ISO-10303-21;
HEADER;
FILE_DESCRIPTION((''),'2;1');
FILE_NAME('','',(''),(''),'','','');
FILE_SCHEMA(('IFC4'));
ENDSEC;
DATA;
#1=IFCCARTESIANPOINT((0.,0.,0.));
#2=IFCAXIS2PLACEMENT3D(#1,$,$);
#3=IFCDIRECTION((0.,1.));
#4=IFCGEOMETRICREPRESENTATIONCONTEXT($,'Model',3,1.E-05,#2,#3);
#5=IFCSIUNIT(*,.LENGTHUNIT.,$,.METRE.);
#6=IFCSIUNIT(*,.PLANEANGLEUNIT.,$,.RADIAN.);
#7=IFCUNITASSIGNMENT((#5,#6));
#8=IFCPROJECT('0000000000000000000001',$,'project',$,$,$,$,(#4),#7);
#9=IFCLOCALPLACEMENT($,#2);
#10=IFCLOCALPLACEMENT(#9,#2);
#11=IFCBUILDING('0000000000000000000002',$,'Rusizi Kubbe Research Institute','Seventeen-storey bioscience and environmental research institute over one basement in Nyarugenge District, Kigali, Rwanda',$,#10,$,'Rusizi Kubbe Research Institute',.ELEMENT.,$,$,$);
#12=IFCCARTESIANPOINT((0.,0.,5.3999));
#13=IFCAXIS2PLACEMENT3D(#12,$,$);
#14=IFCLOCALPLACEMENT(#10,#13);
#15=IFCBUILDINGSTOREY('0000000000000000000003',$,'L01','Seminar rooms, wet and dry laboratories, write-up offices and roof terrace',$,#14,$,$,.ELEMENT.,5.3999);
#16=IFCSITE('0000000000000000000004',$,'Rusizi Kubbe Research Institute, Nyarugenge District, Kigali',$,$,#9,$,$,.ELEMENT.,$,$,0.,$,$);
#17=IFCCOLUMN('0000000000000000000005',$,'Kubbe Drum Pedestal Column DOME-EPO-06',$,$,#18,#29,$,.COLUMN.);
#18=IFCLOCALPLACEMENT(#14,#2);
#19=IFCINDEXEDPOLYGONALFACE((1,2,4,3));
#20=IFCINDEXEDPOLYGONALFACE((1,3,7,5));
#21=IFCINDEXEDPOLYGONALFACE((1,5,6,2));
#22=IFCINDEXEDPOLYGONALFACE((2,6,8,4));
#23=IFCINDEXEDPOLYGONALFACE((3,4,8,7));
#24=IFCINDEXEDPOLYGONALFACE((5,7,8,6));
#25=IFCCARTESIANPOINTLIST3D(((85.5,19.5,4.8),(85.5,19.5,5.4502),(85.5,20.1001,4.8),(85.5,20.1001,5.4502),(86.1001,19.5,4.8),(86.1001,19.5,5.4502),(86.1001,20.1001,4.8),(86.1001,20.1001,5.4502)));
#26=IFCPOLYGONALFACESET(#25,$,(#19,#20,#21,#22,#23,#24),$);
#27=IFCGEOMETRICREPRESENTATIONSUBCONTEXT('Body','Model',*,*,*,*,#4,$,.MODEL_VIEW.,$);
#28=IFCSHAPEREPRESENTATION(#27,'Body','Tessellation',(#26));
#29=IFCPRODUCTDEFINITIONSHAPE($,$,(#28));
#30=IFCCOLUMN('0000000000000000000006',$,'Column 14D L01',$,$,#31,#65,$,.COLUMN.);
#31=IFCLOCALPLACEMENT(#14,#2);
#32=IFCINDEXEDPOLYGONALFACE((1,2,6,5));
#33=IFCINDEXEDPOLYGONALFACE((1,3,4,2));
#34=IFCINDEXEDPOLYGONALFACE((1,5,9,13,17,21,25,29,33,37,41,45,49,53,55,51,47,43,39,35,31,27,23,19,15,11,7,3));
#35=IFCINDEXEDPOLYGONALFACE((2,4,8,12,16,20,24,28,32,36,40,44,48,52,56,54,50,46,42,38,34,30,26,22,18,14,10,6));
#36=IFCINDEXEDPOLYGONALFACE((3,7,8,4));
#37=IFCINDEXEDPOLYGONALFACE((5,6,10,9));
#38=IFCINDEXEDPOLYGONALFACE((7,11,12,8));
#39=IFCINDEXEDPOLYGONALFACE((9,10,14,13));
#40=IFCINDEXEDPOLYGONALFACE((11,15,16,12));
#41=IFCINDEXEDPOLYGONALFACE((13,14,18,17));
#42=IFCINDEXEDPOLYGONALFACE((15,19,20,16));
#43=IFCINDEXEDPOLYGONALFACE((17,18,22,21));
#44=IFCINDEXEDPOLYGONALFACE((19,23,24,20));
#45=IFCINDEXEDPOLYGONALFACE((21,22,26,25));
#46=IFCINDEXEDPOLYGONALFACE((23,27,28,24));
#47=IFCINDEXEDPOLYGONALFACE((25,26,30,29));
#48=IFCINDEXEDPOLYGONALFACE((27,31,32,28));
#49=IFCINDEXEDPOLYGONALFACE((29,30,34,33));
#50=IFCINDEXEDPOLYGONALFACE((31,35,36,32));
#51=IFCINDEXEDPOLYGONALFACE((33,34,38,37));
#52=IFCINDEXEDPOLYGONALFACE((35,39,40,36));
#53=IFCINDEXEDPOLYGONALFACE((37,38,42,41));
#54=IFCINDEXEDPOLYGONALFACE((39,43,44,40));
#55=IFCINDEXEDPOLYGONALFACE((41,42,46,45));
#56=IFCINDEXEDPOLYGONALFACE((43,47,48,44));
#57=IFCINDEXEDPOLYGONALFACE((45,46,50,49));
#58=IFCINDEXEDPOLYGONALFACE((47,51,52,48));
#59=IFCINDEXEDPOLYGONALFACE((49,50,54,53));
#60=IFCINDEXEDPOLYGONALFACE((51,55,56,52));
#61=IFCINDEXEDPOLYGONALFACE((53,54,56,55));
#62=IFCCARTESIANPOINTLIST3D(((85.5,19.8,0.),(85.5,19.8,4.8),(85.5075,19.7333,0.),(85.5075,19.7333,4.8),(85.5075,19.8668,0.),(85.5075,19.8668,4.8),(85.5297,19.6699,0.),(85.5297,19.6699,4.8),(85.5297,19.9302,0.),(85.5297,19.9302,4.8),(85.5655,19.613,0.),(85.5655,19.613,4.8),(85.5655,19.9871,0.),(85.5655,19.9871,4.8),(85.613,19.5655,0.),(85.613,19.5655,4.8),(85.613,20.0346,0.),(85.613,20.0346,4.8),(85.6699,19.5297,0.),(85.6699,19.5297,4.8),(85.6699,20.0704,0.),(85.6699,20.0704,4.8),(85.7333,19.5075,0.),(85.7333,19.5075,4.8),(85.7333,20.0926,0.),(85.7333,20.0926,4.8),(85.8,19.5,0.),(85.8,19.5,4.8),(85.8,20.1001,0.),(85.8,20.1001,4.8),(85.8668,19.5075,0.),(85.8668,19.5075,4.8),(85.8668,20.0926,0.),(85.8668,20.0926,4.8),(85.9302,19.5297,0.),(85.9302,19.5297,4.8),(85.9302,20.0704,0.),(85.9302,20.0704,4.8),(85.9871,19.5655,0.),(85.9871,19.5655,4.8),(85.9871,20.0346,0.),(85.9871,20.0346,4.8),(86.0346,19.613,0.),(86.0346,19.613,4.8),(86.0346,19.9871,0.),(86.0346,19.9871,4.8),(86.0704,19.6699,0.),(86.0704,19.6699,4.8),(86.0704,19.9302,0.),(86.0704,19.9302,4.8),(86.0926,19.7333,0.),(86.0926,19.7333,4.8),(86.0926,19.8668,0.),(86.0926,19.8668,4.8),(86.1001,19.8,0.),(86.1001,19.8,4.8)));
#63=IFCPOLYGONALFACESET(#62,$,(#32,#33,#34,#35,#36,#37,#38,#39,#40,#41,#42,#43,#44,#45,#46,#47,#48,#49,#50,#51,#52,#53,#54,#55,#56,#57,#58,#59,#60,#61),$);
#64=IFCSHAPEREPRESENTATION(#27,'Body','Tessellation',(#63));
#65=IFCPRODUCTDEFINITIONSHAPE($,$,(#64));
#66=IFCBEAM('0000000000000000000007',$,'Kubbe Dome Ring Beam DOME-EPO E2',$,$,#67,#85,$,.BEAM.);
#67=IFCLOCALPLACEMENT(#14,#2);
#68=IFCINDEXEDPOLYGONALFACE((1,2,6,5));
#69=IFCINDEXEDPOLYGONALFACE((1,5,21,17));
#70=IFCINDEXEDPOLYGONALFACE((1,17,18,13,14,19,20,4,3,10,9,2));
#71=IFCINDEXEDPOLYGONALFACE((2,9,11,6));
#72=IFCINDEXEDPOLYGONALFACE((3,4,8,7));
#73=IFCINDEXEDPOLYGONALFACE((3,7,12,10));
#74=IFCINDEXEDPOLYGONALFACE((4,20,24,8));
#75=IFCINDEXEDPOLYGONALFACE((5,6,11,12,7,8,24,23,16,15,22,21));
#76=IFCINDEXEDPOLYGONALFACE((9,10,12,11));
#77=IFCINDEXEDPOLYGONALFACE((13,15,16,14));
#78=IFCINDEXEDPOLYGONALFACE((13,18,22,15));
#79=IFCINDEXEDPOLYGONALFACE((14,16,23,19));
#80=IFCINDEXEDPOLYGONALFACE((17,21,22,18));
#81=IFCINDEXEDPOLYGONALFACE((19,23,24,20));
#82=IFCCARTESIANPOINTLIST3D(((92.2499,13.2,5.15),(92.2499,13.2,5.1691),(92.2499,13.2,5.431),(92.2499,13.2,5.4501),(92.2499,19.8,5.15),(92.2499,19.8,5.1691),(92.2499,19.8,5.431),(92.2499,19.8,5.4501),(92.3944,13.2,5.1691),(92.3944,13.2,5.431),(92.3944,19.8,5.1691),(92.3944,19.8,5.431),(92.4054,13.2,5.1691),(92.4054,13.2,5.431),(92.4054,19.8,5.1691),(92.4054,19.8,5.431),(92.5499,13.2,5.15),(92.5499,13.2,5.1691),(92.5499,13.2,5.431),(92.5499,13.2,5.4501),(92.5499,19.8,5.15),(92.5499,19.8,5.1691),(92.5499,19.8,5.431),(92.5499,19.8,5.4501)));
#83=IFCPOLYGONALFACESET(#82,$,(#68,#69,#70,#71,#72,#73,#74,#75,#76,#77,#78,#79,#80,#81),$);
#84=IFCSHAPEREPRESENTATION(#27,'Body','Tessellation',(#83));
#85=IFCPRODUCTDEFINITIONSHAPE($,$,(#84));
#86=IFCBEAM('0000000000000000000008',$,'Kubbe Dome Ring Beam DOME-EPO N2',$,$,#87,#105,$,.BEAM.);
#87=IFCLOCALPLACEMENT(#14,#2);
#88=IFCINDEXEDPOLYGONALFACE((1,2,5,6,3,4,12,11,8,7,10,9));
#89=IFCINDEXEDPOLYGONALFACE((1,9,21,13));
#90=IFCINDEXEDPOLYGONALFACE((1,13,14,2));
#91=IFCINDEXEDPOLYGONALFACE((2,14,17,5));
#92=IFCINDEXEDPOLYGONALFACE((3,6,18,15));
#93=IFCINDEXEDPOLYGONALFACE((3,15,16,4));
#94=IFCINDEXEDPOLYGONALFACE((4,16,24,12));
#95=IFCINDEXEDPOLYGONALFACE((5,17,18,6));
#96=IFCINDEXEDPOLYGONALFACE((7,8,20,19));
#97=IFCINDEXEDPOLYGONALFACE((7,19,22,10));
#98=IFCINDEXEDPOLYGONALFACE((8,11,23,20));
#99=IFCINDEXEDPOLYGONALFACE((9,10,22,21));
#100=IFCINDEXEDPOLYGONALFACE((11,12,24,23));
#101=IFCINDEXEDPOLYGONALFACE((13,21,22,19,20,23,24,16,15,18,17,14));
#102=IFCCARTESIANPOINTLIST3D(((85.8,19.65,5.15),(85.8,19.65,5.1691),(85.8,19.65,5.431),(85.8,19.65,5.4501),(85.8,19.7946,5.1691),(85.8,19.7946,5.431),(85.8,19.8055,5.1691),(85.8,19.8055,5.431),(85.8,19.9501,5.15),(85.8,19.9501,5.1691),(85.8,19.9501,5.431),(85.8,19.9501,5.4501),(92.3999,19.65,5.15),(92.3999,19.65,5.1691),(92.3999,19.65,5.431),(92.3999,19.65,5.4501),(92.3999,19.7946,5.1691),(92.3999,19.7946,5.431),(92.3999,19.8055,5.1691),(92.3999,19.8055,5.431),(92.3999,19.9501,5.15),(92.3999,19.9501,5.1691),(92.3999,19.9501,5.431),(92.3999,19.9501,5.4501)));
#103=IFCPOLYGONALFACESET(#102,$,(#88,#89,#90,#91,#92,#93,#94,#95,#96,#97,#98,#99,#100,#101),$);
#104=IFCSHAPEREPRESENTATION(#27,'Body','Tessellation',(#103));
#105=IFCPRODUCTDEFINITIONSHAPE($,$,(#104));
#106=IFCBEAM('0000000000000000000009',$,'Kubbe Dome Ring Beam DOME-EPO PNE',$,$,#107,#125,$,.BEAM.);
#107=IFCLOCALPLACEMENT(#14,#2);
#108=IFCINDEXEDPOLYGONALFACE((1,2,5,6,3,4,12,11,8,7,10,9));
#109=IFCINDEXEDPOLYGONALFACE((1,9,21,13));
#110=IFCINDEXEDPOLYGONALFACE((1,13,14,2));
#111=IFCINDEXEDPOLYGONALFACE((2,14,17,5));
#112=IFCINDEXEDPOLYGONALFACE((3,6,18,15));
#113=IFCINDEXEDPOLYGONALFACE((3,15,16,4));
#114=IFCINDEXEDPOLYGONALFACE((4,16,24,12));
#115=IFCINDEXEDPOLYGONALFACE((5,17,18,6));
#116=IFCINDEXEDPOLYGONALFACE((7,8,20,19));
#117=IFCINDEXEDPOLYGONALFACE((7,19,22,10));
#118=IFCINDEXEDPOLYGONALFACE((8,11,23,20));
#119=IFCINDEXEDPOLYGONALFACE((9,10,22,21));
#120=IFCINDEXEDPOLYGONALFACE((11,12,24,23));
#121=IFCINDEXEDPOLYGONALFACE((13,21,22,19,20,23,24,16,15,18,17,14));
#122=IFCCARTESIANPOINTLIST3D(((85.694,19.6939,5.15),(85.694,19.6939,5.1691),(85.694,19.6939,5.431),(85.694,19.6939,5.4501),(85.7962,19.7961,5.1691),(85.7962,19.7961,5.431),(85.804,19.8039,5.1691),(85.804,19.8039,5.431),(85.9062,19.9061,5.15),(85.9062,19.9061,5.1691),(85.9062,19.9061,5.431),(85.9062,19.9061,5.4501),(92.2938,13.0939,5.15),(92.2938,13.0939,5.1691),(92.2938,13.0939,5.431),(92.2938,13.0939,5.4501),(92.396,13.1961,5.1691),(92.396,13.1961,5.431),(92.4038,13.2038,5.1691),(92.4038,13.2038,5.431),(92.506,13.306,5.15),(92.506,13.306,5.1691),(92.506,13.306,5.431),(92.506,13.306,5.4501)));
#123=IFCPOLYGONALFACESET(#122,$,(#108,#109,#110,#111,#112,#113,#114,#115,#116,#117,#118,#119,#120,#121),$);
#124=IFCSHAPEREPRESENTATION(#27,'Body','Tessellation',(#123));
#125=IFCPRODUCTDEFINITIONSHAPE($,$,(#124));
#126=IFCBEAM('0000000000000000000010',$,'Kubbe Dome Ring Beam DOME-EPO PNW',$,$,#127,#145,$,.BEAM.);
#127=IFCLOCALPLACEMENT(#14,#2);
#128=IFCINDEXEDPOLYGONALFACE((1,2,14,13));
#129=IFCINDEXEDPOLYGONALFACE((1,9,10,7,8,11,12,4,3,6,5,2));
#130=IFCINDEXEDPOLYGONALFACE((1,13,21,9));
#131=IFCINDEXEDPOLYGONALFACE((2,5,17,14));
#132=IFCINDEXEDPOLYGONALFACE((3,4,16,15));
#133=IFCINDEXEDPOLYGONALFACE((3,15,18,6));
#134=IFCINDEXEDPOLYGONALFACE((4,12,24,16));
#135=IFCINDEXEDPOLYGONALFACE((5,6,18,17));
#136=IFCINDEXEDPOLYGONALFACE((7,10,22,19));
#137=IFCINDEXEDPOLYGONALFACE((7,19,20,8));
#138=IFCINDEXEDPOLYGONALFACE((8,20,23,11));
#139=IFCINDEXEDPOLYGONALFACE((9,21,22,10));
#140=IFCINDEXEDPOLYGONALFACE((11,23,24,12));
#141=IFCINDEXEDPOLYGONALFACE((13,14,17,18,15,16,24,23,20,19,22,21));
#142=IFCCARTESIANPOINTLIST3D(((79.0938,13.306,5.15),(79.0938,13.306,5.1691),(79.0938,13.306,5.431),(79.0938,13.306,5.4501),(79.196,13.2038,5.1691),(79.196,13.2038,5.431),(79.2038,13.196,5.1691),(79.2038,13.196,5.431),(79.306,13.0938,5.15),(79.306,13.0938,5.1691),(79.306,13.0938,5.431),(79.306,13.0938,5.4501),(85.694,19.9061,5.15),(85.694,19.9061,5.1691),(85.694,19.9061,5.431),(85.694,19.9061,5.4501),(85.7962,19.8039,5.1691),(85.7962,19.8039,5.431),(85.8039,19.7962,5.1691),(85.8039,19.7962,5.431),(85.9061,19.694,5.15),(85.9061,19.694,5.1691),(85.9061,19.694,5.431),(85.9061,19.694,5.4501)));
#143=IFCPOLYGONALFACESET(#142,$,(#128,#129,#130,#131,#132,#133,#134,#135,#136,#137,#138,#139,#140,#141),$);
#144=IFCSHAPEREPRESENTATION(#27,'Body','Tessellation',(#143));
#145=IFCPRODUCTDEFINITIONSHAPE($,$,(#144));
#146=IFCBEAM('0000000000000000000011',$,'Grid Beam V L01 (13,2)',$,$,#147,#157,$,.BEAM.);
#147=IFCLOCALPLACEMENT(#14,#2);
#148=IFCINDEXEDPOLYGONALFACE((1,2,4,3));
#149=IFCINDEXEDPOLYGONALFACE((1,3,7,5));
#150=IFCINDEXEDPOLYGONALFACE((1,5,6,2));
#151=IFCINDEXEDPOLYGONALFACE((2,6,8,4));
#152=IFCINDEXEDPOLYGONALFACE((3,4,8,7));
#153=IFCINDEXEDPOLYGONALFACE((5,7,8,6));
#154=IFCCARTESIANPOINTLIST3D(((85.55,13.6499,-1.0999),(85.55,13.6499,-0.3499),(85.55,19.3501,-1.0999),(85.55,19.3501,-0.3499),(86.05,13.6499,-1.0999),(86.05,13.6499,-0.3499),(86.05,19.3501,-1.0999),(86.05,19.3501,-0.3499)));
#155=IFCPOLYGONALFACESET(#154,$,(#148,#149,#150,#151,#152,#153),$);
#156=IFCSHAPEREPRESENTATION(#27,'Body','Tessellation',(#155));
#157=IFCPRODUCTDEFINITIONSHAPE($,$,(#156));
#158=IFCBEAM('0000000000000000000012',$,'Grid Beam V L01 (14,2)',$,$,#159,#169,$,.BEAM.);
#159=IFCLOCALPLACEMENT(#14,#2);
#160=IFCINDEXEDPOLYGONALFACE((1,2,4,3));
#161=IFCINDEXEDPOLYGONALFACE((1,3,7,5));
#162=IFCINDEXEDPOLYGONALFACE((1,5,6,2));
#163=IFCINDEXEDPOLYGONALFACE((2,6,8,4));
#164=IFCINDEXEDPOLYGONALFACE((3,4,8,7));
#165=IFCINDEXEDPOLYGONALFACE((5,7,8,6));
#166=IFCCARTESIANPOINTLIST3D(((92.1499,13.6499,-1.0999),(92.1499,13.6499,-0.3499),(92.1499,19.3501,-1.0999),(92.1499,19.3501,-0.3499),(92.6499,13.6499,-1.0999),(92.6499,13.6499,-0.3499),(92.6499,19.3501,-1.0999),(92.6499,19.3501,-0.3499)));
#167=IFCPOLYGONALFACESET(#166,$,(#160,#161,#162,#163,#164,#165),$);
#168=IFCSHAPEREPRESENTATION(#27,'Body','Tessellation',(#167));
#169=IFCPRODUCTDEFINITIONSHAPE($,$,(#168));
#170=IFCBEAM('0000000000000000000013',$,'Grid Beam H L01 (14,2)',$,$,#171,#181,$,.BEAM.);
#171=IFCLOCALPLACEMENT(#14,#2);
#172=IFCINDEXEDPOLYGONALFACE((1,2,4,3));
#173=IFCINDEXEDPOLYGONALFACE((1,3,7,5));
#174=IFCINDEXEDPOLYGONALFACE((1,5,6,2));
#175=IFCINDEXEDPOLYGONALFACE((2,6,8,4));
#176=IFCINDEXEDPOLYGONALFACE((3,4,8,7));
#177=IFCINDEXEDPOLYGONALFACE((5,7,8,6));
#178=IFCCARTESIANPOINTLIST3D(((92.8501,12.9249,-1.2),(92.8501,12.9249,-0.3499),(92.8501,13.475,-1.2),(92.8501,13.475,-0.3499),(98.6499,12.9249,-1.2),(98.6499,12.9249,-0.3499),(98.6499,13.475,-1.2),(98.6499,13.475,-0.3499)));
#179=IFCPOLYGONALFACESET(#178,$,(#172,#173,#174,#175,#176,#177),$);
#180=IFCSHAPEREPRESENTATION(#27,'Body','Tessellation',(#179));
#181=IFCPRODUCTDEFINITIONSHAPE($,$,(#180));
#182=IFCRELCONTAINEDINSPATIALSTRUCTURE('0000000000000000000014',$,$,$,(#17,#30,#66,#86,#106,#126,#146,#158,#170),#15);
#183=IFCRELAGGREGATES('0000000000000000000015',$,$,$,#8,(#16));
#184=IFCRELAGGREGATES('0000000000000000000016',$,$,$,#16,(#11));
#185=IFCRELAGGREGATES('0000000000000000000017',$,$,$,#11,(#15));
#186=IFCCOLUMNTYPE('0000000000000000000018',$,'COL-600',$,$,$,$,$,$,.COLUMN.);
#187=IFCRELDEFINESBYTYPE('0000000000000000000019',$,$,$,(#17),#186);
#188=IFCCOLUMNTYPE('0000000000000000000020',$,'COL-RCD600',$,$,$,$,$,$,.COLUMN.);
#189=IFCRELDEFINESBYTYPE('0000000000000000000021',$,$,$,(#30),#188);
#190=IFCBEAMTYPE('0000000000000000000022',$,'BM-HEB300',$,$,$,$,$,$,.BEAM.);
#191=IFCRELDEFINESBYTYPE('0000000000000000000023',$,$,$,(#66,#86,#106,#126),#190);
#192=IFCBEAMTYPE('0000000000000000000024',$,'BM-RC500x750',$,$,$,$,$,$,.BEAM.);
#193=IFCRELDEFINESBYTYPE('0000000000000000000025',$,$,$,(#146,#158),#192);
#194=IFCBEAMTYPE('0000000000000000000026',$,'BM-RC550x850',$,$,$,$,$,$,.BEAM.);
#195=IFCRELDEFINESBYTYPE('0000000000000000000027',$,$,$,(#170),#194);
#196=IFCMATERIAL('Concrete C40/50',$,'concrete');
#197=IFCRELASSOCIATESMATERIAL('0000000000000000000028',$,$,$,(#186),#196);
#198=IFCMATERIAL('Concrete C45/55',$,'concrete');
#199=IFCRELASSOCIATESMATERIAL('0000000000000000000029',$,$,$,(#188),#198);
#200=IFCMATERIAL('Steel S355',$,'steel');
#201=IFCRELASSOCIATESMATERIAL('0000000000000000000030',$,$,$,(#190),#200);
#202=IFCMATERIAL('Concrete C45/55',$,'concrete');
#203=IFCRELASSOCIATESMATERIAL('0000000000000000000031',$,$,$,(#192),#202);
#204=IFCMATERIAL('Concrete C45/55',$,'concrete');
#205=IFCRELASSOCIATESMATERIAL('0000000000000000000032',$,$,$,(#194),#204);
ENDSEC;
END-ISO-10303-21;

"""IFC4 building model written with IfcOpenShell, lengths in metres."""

from ifc_helpers import new_model, si_unit, direction, frame, origin, origin_2d, place, context, subcontext, project, spatial, rectangle, circle, i_section, extrude, material, material_profile, profile_set, type_object, element, save


model = new_model("IFC4")

# Units and contexts
model_context = context("Model", 3, precision=1e-05, world=origin(), true_north=direction((0.0, 1.0)))
body_context = subcontext(model_context, "Body", "Model", "MODEL_VIEW")
ifc_project = project(units=[si_unit("LENGTHUNIT", "METRE"), si_unit("PLANEANGLEUNIT", "RADIAN")], contexts=[model_context])

# Site, building, storey
site_placement = place(None, origin())
site = spatial("IfcSite", under=ifc_project, at=site_placement, Name="Rusizi Kubbe Research Institute, Nyarugenge District, Kigali", CompositionType="ELEMENT", RefElevation=0.0)
building_placement = place(site_placement, origin())
building = spatial("IfcBuilding", under=site, at=building_placement, Name="Rusizi Kubbe Research Institute", Description="Seventeen-storey bioscience and environmental research institute over one basement in Nyarugenge District, Kigali, Rwanda", LongName="Rusizi Kubbe Research Institute", CompositionType="ELEMENT")
storey_placement = place(building_placement, frame((0.0, 0.0, 5.3999)))
storey = spatial("IfcBuildingStorey", under=building, at=storey_placement, Name="L01", Description="Seminar rooms, wet and dry laboratories, write-up offices and roof terrace", CompositionType="ELEMENT", Elevation=5.3999)

# Columns
ifc_material_1 = material(Name="Concrete C40/50", Category="concrete")
ifc_material_profile_1 = material_profile(ifc_material_1, rectangle(XDim=0.6001, YDim=0.6001, at=origin_2d()), Name="RC600x600")
ifc_profile_set_1 = profile_set([ifc_material_profile_1], Name="Concrete C40/50")
column_type_1 = type_object("IfcColumnType", Name="COL-600", PredefinedType="COLUMN", material=ifc_profile_set_1)
column_1_placement = place(storey_placement, frame((85.8, 19.8, 4.8), z_axis=(0.0, 0.0, 1.0), x_axis=(1.0, 0.0, 0.0)))
element("IfcColumn", 1, at=column_1_placement, inside=storey, type_object=column_type_1, Name="Kubbe Drum Pedestal Column DOME-EPO-06", PredefinedType="COLUMN", context=body_context, shape_type="SweptSolid", body=[
    extrude(rectangle(XDim=0.6001, YDim=0.6001, at=origin_2d()), origin(), (0.0, 0.0, 1.0), 0.6501),
])
ifc_material_2 = material(Name="Concrete C45/55", Category="concrete")
ifc_material_profile_2 = material_profile(ifc_material_2, circle(Radius=0.3, at=origin_2d()), Name="RCD600")
ifc_profile_set_2 = profile_set([ifc_material_profile_2], Name="Concrete C45/55")
column_type_2 = type_object("IfcColumnType", Name="COL-RCD600", PredefinedType="COLUMN", material=ifc_profile_set_2)
column_2_placement = place(storey_placement, frame((85.8, 19.8, 0.0), z_axis=(0.0, 0.0, 1.0), x_axis=(1.0, 0.0, 0.0)))
element("IfcColumn", 2, at=column_2_placement, inside=storey, type_object=column_type_2, Name="Column 14D L01", PredefinedType="COLUMN", context=body_context, shape_type="SweptSolid", body=[
    extrude(circle(Radius=0.3, at=origin_2d()), origin(), (0.0, 0.0, 1.0), 4.8),
])

# Beams
ifc_material_3 = material(Name="Steel S355", Category="steel")
ifc_material_profile_3 = material_profile(ifc_material_3, i_section(OverallWidth=0.3, OverallDepth=0.3, WebThickness=0.011, FlangeThickness=0.019, at=origin_2d()), Name="HEB 300")
ifc_profile_set_3 = profile_set([ifc_material_profile_3], Name="Steel S355")
beam_type_1 = type_object("IfcBeamType", Name="BM-HEB300", PredefinedType="BEAM", material=ifc_profile_set_3)
beam_1_placement = place(storey_placement, frame((92.3999, 13.2, 5.3), z_axis=(0.0, 1.0, 0.0), x_axis=(-1.0, 0.0, 0.0)))
element("IfcBeam", 3, at=beam_1_placement, inside=storey, type_object=beam_type_1, Name="Kubbe Dome Ring Beam DOME-EPO E2", PredefinedType="BEAM", context=body_context, shape_type="SweptSolid", body=[
    extrude(i_section(OverallWidth=0.3, OverallDepth=0.3, WebThickness=0.011, FlangeThickness=0.019, at=origin_2d()), origin(), (0.0, 0.0, 1.0), 6.6001),
])
beam_2_placement = place(storey_placement, frame((85.8, 19.8, 5.3), z_axis=(1.0, 0.0, 0.0), x_axis=(0.0, 1.0, 0.0)))
element("IfcBeam", 4, at=beam_2_placement, inside=storey, type_object=beam_type_1, Name="Kubbe Dome Ring Beam DOME-EPO N2", PredefinedType="BEAM", context=body_context, shape_type="SweptSolid", body=[
    extrude(i_section(OverallWidth=0.3, OverallDepth=0.3, WebThickness=0.011, FlangeThickness=0.019, at=origin_2d()), origin(), (0.0, 0.0, 1.0), 6.5999),
])
beam_3_placement = place(storey_placement, frame((92.3999, 13.2, 5.3), z_axis=(-0.707094, 0.70712, 0.0), x_axis=(-0.70712, -0.707094, 0.0)))
element("IfcBeam", 5, at=beam_3_placement, inside=storey, type_object=beam_type_1, Name="Kubbe Dome Ring Beam DOME-EPO PNE", PredefinedType="BEAM", context=body_context, shape_type="SweptSolid", body=[
    extrude(i_section(OverallWidth=0.3, OverallDepth=0.3, WebThickness=0.011, FlangeThickness=0.019, at=origin_2d()), origin(), (0.0, 0.0, 1.0), 9.3337),
])
beam_4_placement = place(storey_placement, frame((85.8, 19.8, 5.3), z_axis=(-0.707107, -0.707107, 0.0), x_axis=(0.707107, -0.707107, 0.0)))
element("IfcBeam", 6, at=beam_4_placement, inside=storey, type_object=beam_type_1, Name="Kubbe Dome Ring Beam DOME-EPO PNW", PredefinedType="BEAM", context=body_context, shape_type="SweptSolid", body=[
    extrude(i_section(OverallWidth=0.3, OverallDepth=0.3, WebThickness=0.011, FlangeThickness=0.019, at=origin_2d()), origin(), (0.0, 0.0, 1.0), 9.334),
])
ifc_material_4 = material(Name="Concrete C45/55", Category="concrete")
ifc_material_profile_4 = material_profile(ifc_material_4, rectangle(XDim=0.5, YDim=0.75, at=origin_2d()), Name="RC500x750B")
ifc_profile_set_4 = profile_set([ifc_material_profile_4], Name="Concrete C45/55")
beam_type_2 = type_object("IfcBeamType", Name="BM-RC500x750", PredefinedType="BEAM", material=ifc_profile_set_4)
for number, where, z_axis, x_axis, name in (
    (7, (85.8, 13.6499, -0.7249), (0.0, 1.0, 0.0), (-1.0, 0.0, 0.0), "Grid Beam V L01 (13,2)"),
    (8, (92.3999, 13.6499, -0.7249), (0.0, 1.0, 0.0), (-1.0, 0.0, 0.0), "Grid Beam V L01 (14,2)"),
):
    element("IfcBeam", number, at=place(storey_placement, frame(where, z_axis=z_axis, x_axis=x_axis)), inside=storey, type_object=beam_type_2, Name=name, PredefinedType="BEAM", context=body_context, shape_type="SweptSolid", body=[
        extrude(rectangle(XDim=0.5, YDim=0.75, at=origin_2d()), origin(), (0.0, 0.0, 1.0), 5.7002),
    ])
ifc_material_5 = material(Name="Concrete C45/55", Category="concrete")
ifc_material_profile_5 = material_profile(ifc_material_5, rectangle(XDim=0.55, YDim=0.8501, at=origin_2d()), Name="RC550x850")
ifc_profile_set_5 = profile_set([ifc_material_profile_5], Name="Concrete C45/55")
beam_type_3 = type_object("IfcBeamType", Name="BM-RC550x850", PredefinedType="BEAM", material=ifc_profile_set_5)
beam_5_placement = place(storey_placement, frame((92.8501, 13.2, -0.7749), z_axis=(1.0, 0.0, 0.0), x_axis=(0.0, 1.0, 0.0)))
element("IfcBeam", 9, at=beam_5_placement, inside=storey, type_object=beam_type_3, Name="Grid Beam H L01 (14,2)", PredefinedType="BEAM", context=body_context, shape_type="SweptSolid", body=[
    extrude(rectangle(XDim=0.55, YDim=0.8501, at=origin_2d()), origin(), (0.0, 0.0, 1.0), 5.7998),
])

save(model, "model.ifc")
